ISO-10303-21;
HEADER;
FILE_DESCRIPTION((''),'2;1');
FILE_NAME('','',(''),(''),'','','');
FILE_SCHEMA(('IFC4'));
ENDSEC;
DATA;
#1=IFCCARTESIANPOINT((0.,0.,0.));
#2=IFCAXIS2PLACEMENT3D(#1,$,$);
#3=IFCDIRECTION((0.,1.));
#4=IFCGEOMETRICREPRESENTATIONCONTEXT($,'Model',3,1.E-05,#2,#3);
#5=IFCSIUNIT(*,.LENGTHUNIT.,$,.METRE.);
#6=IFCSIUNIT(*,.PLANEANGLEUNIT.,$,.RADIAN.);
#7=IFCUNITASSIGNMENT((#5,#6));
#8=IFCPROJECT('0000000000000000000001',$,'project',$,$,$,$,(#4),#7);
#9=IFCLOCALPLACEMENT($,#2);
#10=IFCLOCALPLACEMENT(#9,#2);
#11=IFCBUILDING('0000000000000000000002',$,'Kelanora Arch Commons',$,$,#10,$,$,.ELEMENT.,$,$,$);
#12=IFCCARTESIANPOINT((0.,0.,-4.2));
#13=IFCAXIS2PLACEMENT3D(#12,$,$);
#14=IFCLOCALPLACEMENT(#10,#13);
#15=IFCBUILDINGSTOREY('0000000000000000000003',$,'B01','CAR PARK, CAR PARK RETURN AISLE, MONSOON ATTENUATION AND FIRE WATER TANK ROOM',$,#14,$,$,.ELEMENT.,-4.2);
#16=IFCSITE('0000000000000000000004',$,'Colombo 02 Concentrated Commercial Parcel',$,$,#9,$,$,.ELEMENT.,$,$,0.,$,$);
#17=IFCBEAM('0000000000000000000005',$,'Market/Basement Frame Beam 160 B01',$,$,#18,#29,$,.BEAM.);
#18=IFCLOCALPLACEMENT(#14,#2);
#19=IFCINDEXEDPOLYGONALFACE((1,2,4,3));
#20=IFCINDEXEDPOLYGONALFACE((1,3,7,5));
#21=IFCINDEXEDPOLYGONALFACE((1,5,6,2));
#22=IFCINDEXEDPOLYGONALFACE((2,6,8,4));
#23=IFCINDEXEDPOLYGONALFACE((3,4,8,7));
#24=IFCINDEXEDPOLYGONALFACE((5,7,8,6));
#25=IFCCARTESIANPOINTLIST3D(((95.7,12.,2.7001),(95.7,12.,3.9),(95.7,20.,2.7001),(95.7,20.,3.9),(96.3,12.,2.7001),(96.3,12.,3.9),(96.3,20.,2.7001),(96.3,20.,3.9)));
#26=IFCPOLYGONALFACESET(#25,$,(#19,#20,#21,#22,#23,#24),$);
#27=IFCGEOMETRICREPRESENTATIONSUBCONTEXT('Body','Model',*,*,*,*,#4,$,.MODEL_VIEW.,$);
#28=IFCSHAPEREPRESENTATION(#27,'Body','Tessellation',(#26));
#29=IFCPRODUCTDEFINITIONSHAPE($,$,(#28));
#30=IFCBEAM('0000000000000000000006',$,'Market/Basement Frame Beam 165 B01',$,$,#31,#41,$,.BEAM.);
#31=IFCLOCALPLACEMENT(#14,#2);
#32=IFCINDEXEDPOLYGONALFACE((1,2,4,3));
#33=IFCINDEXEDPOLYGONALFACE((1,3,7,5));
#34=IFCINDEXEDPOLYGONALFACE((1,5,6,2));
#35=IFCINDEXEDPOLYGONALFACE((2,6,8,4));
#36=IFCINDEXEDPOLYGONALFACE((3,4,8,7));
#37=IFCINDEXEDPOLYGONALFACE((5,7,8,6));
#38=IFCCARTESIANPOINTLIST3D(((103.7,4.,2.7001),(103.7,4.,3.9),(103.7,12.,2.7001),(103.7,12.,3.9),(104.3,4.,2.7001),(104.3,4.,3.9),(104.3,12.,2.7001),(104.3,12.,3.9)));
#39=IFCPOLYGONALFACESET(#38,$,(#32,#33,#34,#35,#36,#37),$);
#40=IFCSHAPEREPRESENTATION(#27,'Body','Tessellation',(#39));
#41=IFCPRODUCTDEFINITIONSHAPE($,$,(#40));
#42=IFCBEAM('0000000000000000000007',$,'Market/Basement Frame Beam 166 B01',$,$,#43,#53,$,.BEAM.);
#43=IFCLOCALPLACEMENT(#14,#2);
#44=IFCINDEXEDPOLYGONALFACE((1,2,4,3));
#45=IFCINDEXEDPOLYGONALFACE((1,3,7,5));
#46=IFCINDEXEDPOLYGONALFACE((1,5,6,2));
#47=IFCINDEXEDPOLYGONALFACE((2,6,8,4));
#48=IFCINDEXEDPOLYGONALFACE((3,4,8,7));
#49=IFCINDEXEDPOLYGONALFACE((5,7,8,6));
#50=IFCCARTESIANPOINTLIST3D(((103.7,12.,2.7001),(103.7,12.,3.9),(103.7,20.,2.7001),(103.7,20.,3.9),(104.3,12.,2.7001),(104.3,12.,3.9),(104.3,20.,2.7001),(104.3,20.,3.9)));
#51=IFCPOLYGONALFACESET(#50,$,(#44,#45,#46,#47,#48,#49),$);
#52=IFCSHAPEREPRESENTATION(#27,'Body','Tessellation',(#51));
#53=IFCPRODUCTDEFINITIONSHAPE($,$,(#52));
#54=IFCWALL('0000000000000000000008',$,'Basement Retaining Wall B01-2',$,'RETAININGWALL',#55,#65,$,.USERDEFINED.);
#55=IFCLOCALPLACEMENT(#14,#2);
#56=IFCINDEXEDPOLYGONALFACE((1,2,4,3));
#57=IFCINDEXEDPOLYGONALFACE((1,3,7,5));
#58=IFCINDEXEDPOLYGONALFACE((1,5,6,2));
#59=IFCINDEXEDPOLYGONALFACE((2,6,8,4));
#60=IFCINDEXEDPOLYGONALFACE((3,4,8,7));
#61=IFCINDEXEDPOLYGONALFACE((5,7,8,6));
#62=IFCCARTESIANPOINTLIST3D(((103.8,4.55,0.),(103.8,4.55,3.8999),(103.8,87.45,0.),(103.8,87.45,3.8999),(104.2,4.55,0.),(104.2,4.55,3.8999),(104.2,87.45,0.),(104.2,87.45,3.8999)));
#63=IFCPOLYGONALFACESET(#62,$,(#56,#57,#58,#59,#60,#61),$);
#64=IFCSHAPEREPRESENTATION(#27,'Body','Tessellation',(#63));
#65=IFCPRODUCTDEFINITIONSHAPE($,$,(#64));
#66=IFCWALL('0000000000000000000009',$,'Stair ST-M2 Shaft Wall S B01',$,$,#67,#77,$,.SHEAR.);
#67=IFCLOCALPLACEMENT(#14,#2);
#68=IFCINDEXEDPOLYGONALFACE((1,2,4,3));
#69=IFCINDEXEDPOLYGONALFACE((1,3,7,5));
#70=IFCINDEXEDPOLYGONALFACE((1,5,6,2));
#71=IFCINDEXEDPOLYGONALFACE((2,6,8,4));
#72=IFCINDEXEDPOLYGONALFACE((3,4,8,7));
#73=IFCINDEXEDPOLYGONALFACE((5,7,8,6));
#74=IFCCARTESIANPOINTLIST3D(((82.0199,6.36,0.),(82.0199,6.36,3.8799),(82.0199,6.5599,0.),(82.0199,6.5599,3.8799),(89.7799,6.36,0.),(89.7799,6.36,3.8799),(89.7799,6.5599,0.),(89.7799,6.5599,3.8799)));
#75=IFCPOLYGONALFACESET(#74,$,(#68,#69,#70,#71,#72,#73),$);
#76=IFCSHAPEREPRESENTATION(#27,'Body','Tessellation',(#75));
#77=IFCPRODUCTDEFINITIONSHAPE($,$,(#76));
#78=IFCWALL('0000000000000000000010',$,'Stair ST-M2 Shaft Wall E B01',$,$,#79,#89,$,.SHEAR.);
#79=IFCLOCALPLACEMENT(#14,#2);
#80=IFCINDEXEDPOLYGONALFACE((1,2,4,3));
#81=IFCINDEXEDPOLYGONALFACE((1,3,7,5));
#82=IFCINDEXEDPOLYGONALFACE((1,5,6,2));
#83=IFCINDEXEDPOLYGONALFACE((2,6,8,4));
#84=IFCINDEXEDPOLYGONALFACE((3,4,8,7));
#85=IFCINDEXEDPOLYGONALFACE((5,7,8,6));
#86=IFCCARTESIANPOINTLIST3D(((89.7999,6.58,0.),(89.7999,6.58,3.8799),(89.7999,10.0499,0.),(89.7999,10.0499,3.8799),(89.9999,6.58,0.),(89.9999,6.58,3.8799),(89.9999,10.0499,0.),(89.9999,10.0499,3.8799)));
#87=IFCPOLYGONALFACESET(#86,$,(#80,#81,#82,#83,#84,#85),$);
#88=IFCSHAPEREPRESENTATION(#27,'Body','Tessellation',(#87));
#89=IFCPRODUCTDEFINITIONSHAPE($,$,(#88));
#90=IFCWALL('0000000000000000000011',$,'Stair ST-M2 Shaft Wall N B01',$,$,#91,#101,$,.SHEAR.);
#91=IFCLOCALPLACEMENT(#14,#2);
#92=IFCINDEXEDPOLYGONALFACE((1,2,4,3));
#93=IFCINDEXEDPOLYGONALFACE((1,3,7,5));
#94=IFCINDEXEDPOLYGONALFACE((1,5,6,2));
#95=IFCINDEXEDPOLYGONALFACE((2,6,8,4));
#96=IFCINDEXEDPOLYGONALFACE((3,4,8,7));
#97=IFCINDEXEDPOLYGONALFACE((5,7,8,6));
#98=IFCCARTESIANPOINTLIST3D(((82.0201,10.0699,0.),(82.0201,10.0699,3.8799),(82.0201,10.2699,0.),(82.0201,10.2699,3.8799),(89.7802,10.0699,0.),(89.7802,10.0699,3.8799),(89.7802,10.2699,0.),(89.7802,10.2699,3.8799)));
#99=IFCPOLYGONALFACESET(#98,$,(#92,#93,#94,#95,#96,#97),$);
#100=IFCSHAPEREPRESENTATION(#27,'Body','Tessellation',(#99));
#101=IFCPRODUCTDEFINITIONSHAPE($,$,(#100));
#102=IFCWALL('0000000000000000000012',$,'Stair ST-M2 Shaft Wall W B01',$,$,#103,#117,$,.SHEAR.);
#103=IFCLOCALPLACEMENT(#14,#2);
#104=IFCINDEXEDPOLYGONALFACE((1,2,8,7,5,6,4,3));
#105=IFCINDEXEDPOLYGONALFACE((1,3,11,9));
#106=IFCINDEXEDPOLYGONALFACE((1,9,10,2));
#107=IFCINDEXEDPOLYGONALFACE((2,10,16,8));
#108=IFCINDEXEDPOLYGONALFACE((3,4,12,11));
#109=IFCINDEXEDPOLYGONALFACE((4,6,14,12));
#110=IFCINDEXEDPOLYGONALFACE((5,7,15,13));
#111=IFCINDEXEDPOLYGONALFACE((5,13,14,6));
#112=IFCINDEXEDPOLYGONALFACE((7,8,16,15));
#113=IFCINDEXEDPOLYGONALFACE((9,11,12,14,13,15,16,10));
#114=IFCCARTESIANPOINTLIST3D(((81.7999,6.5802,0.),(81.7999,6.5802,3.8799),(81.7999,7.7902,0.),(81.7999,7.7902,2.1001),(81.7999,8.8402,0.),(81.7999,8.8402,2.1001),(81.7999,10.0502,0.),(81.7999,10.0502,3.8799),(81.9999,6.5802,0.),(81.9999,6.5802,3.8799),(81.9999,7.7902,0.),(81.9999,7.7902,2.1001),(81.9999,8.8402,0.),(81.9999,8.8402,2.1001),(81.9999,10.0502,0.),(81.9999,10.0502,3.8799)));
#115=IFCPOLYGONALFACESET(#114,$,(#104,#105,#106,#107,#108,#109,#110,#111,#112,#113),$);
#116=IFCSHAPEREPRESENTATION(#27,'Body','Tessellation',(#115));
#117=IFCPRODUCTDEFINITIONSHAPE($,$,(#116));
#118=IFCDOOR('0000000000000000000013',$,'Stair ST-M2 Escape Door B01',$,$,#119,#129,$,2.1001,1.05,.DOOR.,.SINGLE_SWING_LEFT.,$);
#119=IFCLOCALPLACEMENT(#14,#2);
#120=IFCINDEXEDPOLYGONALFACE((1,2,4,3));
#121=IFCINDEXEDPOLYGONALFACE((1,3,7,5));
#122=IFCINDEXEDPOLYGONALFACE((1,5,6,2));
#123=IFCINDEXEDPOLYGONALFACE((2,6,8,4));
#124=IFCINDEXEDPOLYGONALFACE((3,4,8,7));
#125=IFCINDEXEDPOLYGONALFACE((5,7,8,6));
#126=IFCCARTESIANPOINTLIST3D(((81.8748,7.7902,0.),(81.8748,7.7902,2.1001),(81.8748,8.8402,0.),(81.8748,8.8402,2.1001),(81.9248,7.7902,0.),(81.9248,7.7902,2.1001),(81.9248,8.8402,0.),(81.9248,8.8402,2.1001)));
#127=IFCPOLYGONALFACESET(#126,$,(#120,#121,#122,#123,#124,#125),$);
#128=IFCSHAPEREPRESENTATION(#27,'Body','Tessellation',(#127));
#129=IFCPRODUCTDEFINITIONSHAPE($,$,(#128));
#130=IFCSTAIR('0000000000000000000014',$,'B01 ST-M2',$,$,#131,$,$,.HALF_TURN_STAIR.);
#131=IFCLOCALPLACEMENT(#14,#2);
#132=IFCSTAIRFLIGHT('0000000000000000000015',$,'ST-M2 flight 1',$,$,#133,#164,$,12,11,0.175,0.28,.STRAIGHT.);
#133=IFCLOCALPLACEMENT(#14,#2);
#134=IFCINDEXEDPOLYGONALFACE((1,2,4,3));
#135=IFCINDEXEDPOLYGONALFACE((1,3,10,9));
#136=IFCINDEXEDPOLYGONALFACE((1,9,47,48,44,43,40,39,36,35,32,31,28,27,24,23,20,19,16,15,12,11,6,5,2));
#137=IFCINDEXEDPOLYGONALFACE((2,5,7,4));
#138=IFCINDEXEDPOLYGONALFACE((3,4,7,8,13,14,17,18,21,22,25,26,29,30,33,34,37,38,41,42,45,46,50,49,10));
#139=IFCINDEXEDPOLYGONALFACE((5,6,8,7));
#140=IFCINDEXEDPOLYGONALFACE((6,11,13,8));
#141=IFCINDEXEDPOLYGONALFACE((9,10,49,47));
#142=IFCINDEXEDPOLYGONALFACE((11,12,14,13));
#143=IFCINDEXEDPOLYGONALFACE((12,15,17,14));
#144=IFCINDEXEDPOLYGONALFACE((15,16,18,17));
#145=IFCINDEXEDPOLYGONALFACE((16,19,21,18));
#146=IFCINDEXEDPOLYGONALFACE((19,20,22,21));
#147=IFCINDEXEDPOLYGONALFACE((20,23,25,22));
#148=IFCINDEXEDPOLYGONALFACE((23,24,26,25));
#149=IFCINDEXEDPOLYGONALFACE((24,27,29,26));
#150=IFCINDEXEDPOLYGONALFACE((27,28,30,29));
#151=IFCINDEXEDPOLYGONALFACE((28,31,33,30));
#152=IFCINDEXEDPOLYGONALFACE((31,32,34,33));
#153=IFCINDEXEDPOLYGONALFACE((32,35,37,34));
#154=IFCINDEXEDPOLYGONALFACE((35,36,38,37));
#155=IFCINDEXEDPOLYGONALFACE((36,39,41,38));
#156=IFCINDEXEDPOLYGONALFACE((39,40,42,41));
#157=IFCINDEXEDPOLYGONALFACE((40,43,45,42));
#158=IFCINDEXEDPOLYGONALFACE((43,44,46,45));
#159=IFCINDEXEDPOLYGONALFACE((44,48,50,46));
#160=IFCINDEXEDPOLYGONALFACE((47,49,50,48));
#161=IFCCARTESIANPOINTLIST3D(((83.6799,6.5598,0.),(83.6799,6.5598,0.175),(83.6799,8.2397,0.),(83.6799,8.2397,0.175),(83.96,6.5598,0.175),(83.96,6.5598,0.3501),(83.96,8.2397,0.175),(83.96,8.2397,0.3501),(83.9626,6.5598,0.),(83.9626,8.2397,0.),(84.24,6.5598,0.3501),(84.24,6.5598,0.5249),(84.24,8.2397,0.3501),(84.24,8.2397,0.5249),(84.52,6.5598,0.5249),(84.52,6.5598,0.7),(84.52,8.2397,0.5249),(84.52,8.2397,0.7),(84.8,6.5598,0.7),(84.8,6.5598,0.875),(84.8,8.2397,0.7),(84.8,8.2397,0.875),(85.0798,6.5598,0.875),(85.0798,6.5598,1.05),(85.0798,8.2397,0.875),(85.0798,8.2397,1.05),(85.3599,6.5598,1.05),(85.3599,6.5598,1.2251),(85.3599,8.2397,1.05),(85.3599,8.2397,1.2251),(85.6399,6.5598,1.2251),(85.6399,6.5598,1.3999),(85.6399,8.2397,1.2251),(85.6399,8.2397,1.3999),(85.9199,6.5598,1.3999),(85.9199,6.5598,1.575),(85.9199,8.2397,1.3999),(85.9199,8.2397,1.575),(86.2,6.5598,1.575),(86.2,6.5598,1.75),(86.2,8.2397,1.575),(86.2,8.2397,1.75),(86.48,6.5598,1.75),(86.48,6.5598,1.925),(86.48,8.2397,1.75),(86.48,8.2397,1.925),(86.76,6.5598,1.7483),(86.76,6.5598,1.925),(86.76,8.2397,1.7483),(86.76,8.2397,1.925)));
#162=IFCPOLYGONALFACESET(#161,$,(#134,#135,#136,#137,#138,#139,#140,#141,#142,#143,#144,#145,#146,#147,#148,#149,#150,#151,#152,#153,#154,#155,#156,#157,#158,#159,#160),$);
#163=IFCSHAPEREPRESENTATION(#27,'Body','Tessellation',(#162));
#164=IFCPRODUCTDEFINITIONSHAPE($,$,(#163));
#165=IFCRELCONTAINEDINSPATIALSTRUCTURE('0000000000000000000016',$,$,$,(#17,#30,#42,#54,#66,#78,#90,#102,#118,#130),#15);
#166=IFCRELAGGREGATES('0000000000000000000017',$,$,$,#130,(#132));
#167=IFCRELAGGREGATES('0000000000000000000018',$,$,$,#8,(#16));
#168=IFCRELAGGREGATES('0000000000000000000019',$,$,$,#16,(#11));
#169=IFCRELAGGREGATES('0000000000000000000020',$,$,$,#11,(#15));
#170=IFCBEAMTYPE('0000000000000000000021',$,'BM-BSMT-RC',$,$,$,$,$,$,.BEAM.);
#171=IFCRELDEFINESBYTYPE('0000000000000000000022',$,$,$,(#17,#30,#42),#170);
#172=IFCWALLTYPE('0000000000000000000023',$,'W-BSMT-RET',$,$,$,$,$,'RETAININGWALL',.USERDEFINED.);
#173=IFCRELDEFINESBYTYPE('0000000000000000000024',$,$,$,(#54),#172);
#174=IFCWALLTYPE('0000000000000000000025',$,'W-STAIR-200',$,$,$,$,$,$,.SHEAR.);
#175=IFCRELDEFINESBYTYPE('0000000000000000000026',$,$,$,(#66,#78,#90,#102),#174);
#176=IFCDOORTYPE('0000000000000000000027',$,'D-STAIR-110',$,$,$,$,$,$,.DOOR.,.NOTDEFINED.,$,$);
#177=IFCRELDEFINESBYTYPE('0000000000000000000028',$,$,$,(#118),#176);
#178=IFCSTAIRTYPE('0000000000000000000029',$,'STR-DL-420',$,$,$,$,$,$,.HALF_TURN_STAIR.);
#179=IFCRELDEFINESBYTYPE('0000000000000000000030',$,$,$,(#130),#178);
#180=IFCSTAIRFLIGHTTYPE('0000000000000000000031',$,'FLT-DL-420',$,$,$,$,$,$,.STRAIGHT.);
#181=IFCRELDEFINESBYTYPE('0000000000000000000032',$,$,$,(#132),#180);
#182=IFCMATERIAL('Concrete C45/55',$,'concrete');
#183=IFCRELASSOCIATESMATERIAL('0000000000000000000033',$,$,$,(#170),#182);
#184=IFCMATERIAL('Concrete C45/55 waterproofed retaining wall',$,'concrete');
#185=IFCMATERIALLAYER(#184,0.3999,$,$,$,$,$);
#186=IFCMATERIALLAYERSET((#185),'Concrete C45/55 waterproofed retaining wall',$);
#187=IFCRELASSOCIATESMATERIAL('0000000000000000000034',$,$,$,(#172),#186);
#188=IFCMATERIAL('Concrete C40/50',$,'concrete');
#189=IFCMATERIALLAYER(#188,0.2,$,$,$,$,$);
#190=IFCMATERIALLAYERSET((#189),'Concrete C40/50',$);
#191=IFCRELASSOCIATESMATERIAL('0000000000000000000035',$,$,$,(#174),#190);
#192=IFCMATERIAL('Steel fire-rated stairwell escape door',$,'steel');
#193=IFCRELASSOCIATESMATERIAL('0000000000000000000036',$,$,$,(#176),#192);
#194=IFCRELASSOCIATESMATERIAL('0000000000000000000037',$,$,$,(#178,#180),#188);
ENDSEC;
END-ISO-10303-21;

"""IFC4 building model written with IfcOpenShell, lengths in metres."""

from ifc_helpers import new_model, si_unit, direction, frame, frame_2d, origin, origin_2d, place, context, subcontext, project, spatial, polyline, rectangle, outline, extrude, material, layer, layer_set, material_profile, profile_set, type_object, element, fill, aggregate, save


model = new_model("IFC4")

# Units and contexts
model_context = context("Model", 3, precision=1e-05, world=origin(), true_north=direction((0.0, 1.0)))
body_context = subcontext(model_context, "Body", "Model", "MODEL_VIEW")
ifc_project = project(units=[si_unit("LENGTHUNIT", "METRE"), si_unit("PLANEANGLEUNIT", "RADIAN")], contexts=[model_context])

# Site, building, storey
site_placement = place(None, origin())
site = spatial("IfcSite", under=ifc_project, at=site_placement, Name="Colombo 02 Concentrated Commercial Parcel", CompositionType="ELEMENT", RefElevation=0.0)
building_placement = place(site_placement, origin())
building = spatial("IfcBuilding", under=site, at=building_placement, Name="Kelanora Arch Commons", CompositionType="ELEMENT")
storey_placement = place(building_placement, frame((0.0, 0.0, -4.2)))
storey = spatial("IfcBuildingStorey", under=building, at=storey_placement, Name="B01", Description="CAR PARK, CAR PARK RETURN AISLE, MONSOON ATTENUATION AND FIRE WATER TANK ROOM", CompositionType="ELEMENT", Elevation=-4.2)

# Beams
ifc_material_1 = material(Name="Concrete C45/55", Category="concrete")
ifc_material_profile_1 = material_profile(ifc_material_1, rectangle(XDim=0.6001, YDim=1.2, at=origin_2d()), Name="RCB600x1200")
ifc_profile_set_1 = profile_set([ifc_material_profile_1], Name="Concrete C45/55")
beam_type = type_object("IfcBeamType", Name="BM-BSMT-RC", PredefinedType="BEAM", material=ifc_profile_set_1)
for number, where, z_axis, x_axis, name in (
    (1, (96.0, 12.0, 3.3), (0.0, 1.0, 0.0), (-1.0, 0.0, 0.0), "Market/Basement Frame Beam 160 B01"),
    (2, (104.0, 4.0, 3.3), (0.0, 1.0, 0.0), (-1.0, 0.0, 0.0), "Market/Basement Frame Beam 165 B01"),
    (3, (104.0, 12.0, 3.3), (0.0, 1.0, 0.0), (-1.0, 0.0, 0.0), "Market/Basement Frame Beam 166 B01"),
):
    element("IfcBeam", number, at=place(storey_placement, frame(where, z_axis=z_axis, x_axis=x_axis)), inside=storey, type_object=beam_type, Name=name, PredefinedType="BEAM", context=body_context, shape_type="SweptSolid", body=[
        extrude(rectangle(XDim=0.6001, YDim=1.2, at=origin_2d()), origin(), (0.0, 0.0, 1.0), 8.0),
    ])

# Walls
ifc_material_2 = material(Name="Concrete C45/55 waterproofed retaining wall", Category="concrete")
ifc_layer_1 = layer(ifc_material_2, 0.3999)
ifc_layer_set_1 = layer_set([ifc_layer_1], Name="Concrete C45/55 waterproofed retaining wall")
wall_type_1 = type_object("IfcWallType", Name="W-BSMT-RET", ElementType="RETAININGWALL", PredefinedType="USERDEFINED", material=ifc_layer_set_1)
wall_1_placement = place(storey_placement, frame((104.0, 4.55, 0.0), z_axis=(0.0, 0.0, 1.0), x_axis=(0.0, 1.0, 0.0)))
element("IfcWall", 4, at=wall_1_placement, inside=storey, type_object=wall_type_1, Name="Basement Retaining Wall B01-2", ObjectType="RETAININGWALL", PredefinedType="USERDEFINED", context=body_context, shape_type="SweptSolid", body=[
    extrude(rectangle(XDim=82.8999, YDim=0.3999, at=frame_2d((41.45, 0.0))), origin(), (0.0, 0.0, 1.0), 3.8999),
])
ifc_material_3 = material(Name="Concrete C40/50", Category="concrete")
ifc_layer_2 = layer(ifc_material_3, 0.2)
ifc_layer_set_2 = layer_set([ifc_layer_2], Name="Concrete C40/50")
wall_type_2 = type_object("IfcWallType", Name="W-STAIR-200", PredefinedType="SHEAR", material=ifc_layer_set_2)
wall_2_placement = place(storey_placement, frame((82.02, 6.46, 0.0), z_axis=(0.0, 0.0, 1.0), x_axis=(1.0, 0.0, 0.0)))
element("IfcWall", 5, at=wall_2_placement, inside=storey, type_object=wall_type_2, Name="Stair ST-M2 Shaft Wall S B01", PredefinedType="SHEAR", context=body_context, shape_type="SweptSolid", body=[
    extrude(rectangle(XDim=7.76, YDim=0.2, at=frame_2d((3.8799, 0.0))), origin(), (0.0, 0.0, 1.0), 3.8799),
])
wall_3_placement = place(storey_placement, frame((89.8999, 6.5801, 0.0), z_axis=(0.0, 0.0, 1.0), x_axis=(0.0, 1.0, 0.0)))
element("IfcWall", 6, at=wall_3_placement, inside=storey, type_object=wall_type_2, Name="Stair ST-M2 Shaft Wall E B01", PredefinedType="SHEAR", context=body_context, shape_type="SweptSolid", body=[
    extrude(rectangle(XDim=3.47, YDim=0.2, at=frame_2d((1.7349, 0.0))), origin(), (0.0, 0.0, 1.0), 3.8799),
])
wall_4_placement = place(storey_placement, frame((89.78, 10.1699, 0.0), z_axis=(0.0, 0.0, 1.0), x_axis=(-1.0, 0.0, 0.0)))
element("IfcWall", 7, at=wall_4_placement, inside=storey, type_object=wall_type_2, Name="Stair ST-M2 Shaft Wall N B01", PredefinedType="SHEAR", context=body_context, shape_type="SweptSolid", body=[
    extrude(rectangle(XDim=7.76, YDim=0.2, at=frame_2d((3.8799, 0.0))), origin(), (0.0, 0.0, 1.0), 3.8799),
])

# Wall, opening, door
wall_5_placement = place(storey_placement, frame((81.8999, 10.05, 0.0), z_axis=(0.0, 0.0, 1.0), x_axis=(0.0, -1.0, 0.0)))
wall_5 = element("IfcWall", 8, at=wall_5_placement, inside=storey, type_object=wall_type_2, Name="Stair ST-M2 Shaft Wall W B01", PredefinedType="SHEAR", context=body_context, shape_type="SweptSolid", body=[
    extrude(rectangle(XDim=3.47, YDim=0.2, at=frame_2d((1.7349, 0.0))), origin(), (0.0, 0.0, 1.0), 3.8799),
])
opening_placement = place(wall_5_placement, frame((1.21, 0.0, 0.0)))
opening = element("IfcOpeningElement", 9, at=opening_placement, cuts=wall_5, PredefinedType="OPENING", context=body_context, shape_type="SweptSolid", body=[
    extrude(rectangle(XDim=1.05, YDim=2.1001, at=frame_2d((0.5249, 1.05))), frame((0.0, 0.1099, 0.0), z_axis=(0.0, -1.0, 0.0), x_axis=(1.0, 0.0, 0.0)), (0.0, 0.0, 1.0), 0.22),
])
ifc_material_4 = material(Name="Steel fire-rated stairwell escape door", Category="steel")
door_type = type_object("IfcDoorType", Name="D-STAIR-110", OperationType="NOTDEFINED", PredefinedType="DOOR", material=ifc_material_4)
door_placement = place(opening_placement, origin())
door = element("IfcDoor", 10, at=door_placement, inside=storey, type_object=door_type, Name="Stair ST-M2 Escape Door B01", OperationType="SINGLE_SWING_LEFT", OverallHeight=2.1001, OverallWidth=1.05, PredefinedType="DOOR", context=body_context, shape_type="SweptSolid", body=[
    extrude(rectangle(XDim=1.05, YDim=2.1001, at=frame_2d((0.5249, 1.05))), frame((0.0, 0.0249, 0.0), z_axis=(0.0, -1.0, 0.0), x_axis=(1.0, 0.0, 0.0)), (0.0, 0.0, 1.0), 0.05),
])
fill(opening, door)

# Stair, stair flight
stair_type = type_object("IfcStairType", Name="STR-DL-420", PredefinedType="HALF_TURN_STAIR", material=ifc_material_3)
stair_placement = place(storey_placement, origin())
stair = element("IfcStair", 11, at=stair_placement, inside=storey, type_object=stair_type, Name="B01 ST-M2", PredefinedType="HALF_TURN_STAIR")
stair_flight_type = type_object("IfcStairFlightType", Name="FLT-DL-420", PredefinedType="STRAIGHT", material=ifc_material_3)
stair_flight_1_placement = place(storey_placement, frame((83.6799, 7.3999, 0.0), z_axis=(0.0, 0.0, 1.0), x_axis=(1.0, 0.0, 0.0)))
stair_flight_1 = element("IfcStairFlight", 12, at=stair_flight_1_placement, type_object=stair_flight_type, Name="ST-M2 flight 1", NumberOfRisers=12, NumberOfTreads=11, PredefinedType="STRAIGHT", RiserHeight=0.175, TreadLength=0.28, context=body_context, shape_type="SweptSolid", body=[
    extrude(outline(polyline([(0.0, 0.0), (0.0, 0.175), (0.28, 0.175), (0.28, 0.3501), (0.5601, 0.3501), (0.5601, 0.5249), (0.8401, 0.5249), (0.8401, 0.7), (1.1201, 0.7), (1.1201, 0.875), (1.3999, 0.875), (1.3999, 1.05), (1.6799, 1.05), (1.6799, 1.2251), (1.96, 1.2251), (1.96, 1.3999), (2.24, 1.3999), (2.24, 1.575), (2.52, 1.575), (2.52, 1.75), (2.8, 1.75), (2.8, 1.925), (3.0801, 1.925), (3.0801, 2.1001), (3.0801, 1.7483), (0.2827, 0.0), (0.0, 0.0)])), frame((0.0, 0.8398, 0.0), z_axis=(0.0, -1.0, 0.0), x_axis=(1.0, 0.0, 0.0)), (0.0, 0.0, 1.0), 1.6799),
])
aggregate(stair, [stair_flight_1])

save(model, "model.ifc")
